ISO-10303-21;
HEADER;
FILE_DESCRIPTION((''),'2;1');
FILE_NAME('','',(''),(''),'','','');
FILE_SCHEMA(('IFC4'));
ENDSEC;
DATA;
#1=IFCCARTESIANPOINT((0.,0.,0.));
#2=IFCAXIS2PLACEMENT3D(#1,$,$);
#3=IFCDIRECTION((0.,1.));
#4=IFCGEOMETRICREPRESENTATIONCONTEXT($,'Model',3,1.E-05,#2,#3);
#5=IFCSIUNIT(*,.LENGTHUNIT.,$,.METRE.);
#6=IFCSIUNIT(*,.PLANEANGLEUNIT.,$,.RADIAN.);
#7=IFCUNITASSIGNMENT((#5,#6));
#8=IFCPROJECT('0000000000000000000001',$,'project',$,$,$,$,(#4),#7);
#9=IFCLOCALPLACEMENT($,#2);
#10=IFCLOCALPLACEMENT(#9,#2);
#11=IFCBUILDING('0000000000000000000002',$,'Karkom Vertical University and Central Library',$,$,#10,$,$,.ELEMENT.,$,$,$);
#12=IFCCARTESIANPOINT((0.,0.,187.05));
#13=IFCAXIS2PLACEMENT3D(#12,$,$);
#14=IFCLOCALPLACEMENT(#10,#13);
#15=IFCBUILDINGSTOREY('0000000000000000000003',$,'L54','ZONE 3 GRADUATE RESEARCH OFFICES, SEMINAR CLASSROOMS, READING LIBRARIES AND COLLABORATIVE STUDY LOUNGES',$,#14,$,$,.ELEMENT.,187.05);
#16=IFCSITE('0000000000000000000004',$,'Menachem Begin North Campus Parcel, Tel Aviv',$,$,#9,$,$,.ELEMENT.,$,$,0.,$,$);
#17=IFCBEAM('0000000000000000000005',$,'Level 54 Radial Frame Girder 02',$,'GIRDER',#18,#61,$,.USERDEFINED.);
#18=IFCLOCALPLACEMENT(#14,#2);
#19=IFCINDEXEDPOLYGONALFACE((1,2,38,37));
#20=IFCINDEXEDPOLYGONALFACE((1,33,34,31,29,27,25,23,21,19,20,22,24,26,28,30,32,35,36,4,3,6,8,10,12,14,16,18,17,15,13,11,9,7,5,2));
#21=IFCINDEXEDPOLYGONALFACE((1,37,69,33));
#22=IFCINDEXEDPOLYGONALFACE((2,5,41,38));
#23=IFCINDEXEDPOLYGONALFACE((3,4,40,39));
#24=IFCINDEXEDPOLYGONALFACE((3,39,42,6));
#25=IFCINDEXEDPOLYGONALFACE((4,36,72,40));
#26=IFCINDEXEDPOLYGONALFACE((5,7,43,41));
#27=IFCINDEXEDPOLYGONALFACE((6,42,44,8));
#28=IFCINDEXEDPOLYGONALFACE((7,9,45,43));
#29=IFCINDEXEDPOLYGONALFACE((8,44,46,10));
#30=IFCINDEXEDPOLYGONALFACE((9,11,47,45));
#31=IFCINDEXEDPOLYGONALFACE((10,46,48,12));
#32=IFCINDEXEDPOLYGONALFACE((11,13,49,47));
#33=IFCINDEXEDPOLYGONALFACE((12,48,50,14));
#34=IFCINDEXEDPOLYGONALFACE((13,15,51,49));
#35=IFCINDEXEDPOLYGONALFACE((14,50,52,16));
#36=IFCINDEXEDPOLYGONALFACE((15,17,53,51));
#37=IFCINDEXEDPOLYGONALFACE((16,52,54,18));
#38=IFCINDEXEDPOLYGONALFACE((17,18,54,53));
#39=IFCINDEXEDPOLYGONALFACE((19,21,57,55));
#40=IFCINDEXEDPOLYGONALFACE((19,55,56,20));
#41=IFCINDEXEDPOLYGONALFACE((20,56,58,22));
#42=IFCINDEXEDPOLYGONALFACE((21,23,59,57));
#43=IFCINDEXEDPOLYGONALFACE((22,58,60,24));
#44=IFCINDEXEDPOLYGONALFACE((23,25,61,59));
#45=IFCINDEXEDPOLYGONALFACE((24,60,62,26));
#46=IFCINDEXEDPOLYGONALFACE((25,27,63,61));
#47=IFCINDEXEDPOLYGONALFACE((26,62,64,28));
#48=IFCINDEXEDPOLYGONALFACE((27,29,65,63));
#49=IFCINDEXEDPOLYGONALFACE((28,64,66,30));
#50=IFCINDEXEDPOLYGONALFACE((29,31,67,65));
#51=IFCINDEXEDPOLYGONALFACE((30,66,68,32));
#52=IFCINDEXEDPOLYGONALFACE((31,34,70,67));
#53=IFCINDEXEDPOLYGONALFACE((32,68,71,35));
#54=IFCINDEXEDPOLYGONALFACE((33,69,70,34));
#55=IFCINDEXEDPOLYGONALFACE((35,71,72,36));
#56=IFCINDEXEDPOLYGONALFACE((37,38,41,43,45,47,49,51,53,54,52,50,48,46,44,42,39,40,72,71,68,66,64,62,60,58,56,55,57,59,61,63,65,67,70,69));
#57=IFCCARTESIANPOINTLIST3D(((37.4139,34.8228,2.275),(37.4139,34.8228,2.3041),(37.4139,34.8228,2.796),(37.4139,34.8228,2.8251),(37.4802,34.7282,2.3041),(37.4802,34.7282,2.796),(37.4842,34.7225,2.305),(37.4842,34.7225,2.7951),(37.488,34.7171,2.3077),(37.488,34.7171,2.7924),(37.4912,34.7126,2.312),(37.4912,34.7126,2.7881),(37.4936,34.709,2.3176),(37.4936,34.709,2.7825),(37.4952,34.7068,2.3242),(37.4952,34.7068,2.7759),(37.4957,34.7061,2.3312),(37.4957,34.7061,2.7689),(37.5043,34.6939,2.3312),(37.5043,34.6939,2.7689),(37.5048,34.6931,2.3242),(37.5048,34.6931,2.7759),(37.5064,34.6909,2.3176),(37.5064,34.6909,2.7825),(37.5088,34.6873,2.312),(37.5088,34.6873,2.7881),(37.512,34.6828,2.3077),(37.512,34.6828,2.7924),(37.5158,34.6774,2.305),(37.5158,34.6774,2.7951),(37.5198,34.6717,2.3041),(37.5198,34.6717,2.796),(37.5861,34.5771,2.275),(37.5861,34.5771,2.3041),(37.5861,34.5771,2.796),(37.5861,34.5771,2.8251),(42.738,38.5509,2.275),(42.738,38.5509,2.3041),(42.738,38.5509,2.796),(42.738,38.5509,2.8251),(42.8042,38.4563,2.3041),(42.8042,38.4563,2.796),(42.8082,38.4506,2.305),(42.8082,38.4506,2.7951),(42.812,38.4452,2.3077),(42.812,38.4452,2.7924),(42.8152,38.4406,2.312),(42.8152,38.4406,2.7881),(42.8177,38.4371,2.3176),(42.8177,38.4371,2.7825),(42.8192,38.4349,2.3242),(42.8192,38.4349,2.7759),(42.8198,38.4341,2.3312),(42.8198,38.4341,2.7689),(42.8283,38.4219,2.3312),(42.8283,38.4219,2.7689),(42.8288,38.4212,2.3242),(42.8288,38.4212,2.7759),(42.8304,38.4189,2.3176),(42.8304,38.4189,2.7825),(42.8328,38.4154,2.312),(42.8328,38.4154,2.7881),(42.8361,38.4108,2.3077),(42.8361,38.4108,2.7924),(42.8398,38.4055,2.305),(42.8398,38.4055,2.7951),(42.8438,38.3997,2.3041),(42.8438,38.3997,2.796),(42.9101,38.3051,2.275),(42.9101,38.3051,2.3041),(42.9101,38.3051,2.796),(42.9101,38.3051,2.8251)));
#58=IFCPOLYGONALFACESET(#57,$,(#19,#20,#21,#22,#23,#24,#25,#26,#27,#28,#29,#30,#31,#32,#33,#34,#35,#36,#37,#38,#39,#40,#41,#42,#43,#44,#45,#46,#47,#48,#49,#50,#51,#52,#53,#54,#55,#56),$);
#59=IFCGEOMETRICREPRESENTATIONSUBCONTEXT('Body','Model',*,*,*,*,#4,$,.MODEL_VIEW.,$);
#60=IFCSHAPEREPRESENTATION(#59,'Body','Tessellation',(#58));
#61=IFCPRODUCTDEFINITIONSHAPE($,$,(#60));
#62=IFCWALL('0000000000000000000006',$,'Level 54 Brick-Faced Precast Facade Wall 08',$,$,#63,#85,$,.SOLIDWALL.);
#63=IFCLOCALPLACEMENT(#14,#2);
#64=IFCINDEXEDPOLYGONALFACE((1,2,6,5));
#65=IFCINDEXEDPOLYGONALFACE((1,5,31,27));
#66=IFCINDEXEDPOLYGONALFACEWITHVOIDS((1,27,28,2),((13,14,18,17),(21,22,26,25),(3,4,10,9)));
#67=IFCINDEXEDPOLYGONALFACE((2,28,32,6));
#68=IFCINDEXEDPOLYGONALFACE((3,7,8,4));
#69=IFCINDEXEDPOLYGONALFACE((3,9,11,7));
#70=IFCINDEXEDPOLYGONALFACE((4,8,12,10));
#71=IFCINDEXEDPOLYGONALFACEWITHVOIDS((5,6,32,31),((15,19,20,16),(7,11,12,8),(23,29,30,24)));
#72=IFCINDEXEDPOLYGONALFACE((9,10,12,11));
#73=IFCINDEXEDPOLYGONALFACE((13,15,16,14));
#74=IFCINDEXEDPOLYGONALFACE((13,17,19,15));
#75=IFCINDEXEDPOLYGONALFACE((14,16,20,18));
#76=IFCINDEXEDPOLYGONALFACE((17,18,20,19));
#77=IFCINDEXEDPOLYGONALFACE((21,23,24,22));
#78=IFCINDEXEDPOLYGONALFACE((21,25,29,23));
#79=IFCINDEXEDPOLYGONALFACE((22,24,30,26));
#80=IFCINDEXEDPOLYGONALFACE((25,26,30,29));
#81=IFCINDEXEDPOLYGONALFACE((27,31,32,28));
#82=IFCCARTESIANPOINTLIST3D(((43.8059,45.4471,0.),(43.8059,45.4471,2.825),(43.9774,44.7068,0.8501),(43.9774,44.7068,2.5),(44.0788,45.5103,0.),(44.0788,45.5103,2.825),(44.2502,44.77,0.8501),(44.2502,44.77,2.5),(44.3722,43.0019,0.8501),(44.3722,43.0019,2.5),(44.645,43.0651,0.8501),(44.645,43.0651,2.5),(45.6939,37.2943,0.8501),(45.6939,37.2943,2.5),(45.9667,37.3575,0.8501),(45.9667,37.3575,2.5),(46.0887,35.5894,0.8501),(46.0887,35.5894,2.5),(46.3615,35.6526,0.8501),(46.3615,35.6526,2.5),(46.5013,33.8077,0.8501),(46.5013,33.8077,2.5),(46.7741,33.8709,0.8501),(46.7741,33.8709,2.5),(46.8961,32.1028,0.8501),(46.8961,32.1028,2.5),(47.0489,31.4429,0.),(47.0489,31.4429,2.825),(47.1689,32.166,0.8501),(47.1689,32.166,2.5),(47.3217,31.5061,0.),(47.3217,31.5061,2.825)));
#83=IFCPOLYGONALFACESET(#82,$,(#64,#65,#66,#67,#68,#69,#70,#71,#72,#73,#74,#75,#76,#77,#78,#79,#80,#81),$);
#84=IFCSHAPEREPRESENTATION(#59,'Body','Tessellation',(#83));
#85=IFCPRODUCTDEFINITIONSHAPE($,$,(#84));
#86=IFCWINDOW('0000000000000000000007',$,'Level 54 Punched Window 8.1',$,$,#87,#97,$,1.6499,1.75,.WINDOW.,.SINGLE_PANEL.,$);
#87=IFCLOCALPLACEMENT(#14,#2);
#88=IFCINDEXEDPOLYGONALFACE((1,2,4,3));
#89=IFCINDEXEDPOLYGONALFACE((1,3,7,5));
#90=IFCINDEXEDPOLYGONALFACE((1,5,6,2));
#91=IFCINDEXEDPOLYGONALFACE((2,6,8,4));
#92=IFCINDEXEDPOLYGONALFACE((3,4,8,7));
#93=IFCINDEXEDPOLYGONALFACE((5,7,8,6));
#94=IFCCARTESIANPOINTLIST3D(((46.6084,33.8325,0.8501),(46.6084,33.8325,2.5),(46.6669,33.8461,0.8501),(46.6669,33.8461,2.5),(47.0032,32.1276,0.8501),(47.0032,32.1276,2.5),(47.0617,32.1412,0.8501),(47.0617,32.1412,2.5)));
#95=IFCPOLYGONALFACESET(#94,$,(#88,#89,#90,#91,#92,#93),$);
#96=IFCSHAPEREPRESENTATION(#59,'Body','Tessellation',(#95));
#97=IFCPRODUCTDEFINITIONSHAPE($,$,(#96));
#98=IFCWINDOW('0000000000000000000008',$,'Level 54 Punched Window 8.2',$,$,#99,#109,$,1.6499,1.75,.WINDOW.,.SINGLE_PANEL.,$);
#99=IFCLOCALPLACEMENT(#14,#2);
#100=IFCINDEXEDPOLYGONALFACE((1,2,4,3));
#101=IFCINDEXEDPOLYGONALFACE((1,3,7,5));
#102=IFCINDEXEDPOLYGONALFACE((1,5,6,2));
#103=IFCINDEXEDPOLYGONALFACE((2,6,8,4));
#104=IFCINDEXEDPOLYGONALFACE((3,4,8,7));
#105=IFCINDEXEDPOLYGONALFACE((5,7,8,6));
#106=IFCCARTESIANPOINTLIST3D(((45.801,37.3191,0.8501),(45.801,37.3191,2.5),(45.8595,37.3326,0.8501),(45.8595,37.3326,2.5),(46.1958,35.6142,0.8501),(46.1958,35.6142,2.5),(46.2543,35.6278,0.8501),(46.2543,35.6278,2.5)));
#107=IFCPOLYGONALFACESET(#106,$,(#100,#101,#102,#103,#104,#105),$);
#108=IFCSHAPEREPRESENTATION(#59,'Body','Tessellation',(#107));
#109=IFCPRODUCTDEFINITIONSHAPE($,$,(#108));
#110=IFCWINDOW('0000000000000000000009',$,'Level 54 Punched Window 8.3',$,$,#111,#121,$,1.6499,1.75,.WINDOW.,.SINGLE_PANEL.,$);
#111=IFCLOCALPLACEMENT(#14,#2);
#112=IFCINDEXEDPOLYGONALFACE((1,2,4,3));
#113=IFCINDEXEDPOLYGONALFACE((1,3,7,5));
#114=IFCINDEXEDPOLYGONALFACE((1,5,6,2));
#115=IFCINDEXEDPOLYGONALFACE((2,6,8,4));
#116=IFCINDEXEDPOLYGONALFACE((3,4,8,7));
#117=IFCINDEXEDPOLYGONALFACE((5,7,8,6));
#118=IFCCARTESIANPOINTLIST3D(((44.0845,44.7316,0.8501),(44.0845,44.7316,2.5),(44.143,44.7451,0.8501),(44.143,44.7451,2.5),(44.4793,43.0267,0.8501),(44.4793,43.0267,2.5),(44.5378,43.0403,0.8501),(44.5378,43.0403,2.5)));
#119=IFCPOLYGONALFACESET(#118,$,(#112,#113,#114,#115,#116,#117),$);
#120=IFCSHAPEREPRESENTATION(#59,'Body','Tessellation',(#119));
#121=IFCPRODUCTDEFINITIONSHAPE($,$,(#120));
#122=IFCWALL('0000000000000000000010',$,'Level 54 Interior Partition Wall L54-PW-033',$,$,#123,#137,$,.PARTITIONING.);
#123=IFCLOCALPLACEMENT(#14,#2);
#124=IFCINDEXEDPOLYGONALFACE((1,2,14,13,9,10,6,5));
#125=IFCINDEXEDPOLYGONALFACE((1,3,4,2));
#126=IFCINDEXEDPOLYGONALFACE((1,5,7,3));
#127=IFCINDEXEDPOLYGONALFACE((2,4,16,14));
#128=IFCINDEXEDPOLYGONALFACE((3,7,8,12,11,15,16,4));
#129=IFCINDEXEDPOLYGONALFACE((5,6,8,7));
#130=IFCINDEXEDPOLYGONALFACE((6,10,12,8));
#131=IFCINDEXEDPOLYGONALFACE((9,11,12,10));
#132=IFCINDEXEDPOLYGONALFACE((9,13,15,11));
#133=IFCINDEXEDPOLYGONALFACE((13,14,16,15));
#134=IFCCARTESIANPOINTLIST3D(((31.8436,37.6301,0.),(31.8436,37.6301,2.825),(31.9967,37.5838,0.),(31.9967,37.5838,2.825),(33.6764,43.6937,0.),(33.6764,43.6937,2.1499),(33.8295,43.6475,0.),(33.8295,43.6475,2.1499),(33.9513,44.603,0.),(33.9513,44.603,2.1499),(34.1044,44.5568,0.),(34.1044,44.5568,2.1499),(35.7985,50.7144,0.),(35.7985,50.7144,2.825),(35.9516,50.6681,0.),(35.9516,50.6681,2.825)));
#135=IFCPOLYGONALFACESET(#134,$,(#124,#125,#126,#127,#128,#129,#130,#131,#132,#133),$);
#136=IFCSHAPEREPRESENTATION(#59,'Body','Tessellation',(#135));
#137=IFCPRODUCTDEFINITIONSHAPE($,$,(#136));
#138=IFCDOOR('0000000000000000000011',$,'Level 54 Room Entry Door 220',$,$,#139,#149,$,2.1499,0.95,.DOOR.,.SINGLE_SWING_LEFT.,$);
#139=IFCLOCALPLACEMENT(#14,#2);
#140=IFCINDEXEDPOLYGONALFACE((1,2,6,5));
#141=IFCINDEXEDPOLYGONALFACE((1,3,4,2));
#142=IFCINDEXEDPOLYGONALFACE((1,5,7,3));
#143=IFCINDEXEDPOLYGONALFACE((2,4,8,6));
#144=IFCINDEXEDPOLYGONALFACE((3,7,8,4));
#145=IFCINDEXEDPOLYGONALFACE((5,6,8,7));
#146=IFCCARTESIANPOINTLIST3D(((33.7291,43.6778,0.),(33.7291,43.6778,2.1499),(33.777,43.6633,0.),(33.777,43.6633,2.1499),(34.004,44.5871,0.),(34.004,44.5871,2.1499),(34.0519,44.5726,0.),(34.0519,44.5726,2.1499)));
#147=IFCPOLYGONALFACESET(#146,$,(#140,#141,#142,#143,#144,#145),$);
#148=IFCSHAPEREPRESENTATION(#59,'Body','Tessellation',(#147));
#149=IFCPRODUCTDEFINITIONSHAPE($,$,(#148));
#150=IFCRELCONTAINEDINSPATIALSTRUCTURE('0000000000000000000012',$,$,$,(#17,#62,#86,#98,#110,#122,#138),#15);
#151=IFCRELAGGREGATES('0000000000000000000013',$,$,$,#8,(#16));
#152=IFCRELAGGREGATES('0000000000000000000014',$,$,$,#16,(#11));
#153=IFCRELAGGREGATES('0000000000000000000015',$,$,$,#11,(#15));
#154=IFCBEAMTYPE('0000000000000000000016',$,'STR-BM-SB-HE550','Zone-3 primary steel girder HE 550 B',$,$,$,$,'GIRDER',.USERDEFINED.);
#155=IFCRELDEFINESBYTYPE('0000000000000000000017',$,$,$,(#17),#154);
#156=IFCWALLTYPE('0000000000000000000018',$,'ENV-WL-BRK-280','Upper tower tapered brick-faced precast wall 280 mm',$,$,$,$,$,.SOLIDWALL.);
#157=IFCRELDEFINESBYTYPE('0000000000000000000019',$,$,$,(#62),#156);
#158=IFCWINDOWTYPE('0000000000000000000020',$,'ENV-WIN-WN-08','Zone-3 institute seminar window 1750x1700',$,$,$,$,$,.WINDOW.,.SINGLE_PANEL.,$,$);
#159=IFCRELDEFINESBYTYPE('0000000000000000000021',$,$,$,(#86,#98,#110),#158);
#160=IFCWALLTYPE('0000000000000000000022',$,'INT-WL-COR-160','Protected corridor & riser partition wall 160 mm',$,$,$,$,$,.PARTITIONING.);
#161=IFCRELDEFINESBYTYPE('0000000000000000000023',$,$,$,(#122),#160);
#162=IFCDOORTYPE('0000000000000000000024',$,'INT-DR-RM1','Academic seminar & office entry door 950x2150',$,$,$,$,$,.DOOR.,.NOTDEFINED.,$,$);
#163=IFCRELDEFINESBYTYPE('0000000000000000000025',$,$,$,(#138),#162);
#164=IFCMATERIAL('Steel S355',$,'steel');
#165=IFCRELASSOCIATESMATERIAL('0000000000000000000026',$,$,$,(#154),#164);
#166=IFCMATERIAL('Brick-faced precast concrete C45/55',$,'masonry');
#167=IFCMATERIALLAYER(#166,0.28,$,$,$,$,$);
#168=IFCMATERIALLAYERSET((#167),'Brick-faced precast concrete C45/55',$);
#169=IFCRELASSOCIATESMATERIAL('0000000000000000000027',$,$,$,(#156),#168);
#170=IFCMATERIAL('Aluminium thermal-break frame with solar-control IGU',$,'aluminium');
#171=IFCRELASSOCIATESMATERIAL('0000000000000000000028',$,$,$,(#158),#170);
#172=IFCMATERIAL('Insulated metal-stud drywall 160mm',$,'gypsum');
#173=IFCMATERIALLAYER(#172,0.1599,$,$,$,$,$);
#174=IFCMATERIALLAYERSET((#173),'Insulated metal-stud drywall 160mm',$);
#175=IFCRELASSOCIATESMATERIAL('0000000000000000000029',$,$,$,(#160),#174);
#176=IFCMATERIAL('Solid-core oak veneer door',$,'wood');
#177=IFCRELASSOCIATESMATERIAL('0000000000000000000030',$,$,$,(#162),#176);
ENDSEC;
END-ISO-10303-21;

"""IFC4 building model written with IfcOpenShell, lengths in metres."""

from ifc_helpers import new_model, si_unit, direction, frame, frame_2d, origin, origin_with_axes, origin_2d, place, context, subcontext, project, spatial, rectangle, i_section, extrude, source, transform, mapped, material, layer, layer_set, material_profile, profile_set, type_object, element, fill, save


model = new_model("IFC4")

# Units and contexts
model_context = context("Model", 3, precision=1e-05, world=origin(), true_north=direction((0.0, 1.0)))
body_context = subcontext(model_context, "Body", "Model", "MODEL_VIEW")
ifc_project = project(units=[si_unit("LENGTHUNIT", "METRE"), si_unit("PLANEANGLEUNIT", "RADIAN")], contexts=[model_context])

# Site, building, storey
site_placement = place(None, origin())
site = spatial("IfcSite", under=ifc_project, at=site_placement, Name="Menachem Begin North Campus Parcel, Tel Aviv", CompositionType="ELEMENT", RefElevation=0.0)
building_placement = place(site_placement, origin())
building = spatial("IfcBuilding", under=site, at=building_placement, Name="Karkom Vertical University and Central Library", CompositionType="ELEMENT")
storey_placement = place(building_placement, frame((0.0, 0.0, 187.05)))
storey = spatial("IfcBuildingStorey", under=building, at=storey_placement, Name="L54", Description="ZONE 3 GRADUATE RESEARCH OFFICES, SEMINAR CLASSROOMS, READING LIBRARIES AND COLLABORATIVE STUDY LOUNGES", CompositionType="ELEMENT", Elevation=187.05)

# Beam
ifc_material_1 = material(Name="Steel S355", Category="steel")
ifc_material_profile_1 = material_profile(ifc_material_1, i_section(OverallWidth=0.3, OverallDepth=0.55, WebThickness=0.0149, FlangeThickness=0.0291, FilletRadius=0.0271, at=origin_2d()), Name="HE 550 B")
ifc_profile_set_1 = profile_set([ifc_material_profile_1], Name="Steel S355")
beam_type_1 = type_object("IfcBeamType", Name="STR-BM-SB-HE550", Description="Zone-3 primary steel girder HE 550 B", ElementType="GIRDER", PredefinedType="USERDEFINED", material=ifc_profile_set_1)
shared_shape_1 = source(origin_with_axes(), body_context, "Body", "SweptSolid", [
    extrude(i_section(OverallWidth=0.3, OverallDepth=0.55, WebThickness=0.0149, FlangeThickness=0.0291, FilletRadius=0.0271, at=origin_2d()), origin(), (0.0, 0.0, 1.0), 6.4995),
])
beam_1_placement = place(storey_placement, frame((37.5, 34.7, 2.55), z_axis=(0.819142, 0.573591, 0.0), x_axis=(-0.573591, 0.819142, 0.0)))
element("IfcBeam", 1, at=beam_1_placement, inside=storey, type_object=beam_type_1, Name="Level 54 Radial Frame Girder 02", ObjectType="GIRDER", PredefinedType="USERDEFINED", context=body_context, shape_type="MappedRepresentation", body=[
    mapped(shared_shape_1, transform((0.0, 0.0, 0.0), scale=1.0)),
])

# Wall, openings, windows
ifc_material_2 = material(Name="Brick-faced precast concrete C45/55", Category="masonry")
ifc_layer_1 = layer(ifc_material_2, 0.28)
ifc_layer_set_1 = layer_set([ifc_layer_1], Name="Brick-faced precast concrete C45/55")
wall_type_1 = type_object("IfcWallType", Name="ENV-WL-BRK-280", Description="Upper tower tapered brick-faced precast wall 280 mm", PredefinedType="SOLIDWALL", material=ifc_layer_set_1)
wall_1_placement = place(storey_placement, frame((47.1853, 31.4744, 0.0), z_axis=(0.0, 0.0, 1.0), x_axis=(-0.225599, 0.97422, 0.0)))
wall_1 = element("IfcWall", 2, at=wall_1_placement, inside=storey, type_object=wall_type_1, Name="Level 54 Brick-Faced Precast Facade Wall 08", PredefinedType="SOLIDWALL", context=body_context, shape_type="SweptSolid", body=[
    extrude(rectangle(XDim=14.3748, YDim=0.28, at=frame_2d((7.1875, 0.0))), origin(), (0.0, 0.0, 1.0), 2.825),
])
opening_1_placement = place(wall_1_placement, frame((0.6775, 0.0, 0.8501)))
opening_1 = element("IfcOpeningElement", 3, at=opening_1_placement, cuts=wall_1, PredefinedType="OPENING", context=body_context, shape_type="SweptSolid", body=[
    extrude(rectangle(XDim=1.75, YDim=1.6499, at=frame_2d((0.875, 0.825))), frame((0.0, 0.1499, 0.0), z_axis=(0.0, -1.0, 0.0), x_axis=(1.0, 0.0, 0.0)), (0.0, 0.0, 1.0), 0.3),
])
opening_2_placement = place(wall_1_placement, frame((4.2563, 0.0, 0.8501)))
opening_2 = element("IfcOpeningElement", 4, at=opening_2_placement, cuts=wall_1, PredefinedType="OPENING", context=body_context, shape_type="SweptSolid", body=[
    extrude(rectangle(XDim=1.75, YDim=1.6499, at=frame_2d((0.875, 0.825))), frame((0.0, 0.1499, 0.0), z_axis=(0.0, -1.0, 0.0), x_axis=(1.0, 0.0, 0.0)), (0.0, 0.0, 1.0), 0.3),
])
opening_3_placement = place(wall_1_placement, frame((11.865, 0.0, 0.8501)))
opening_3 = element("IfcOpeningElement", 5, at=opening_3_placement, cuts=wall_1, PredefinedType="OPENING", context=body_context, shape_type="SweptSolid", body=[
    extrude(rectangle(XDim=1.75, YDim=1.6499, at=frame_2d((0.875, 0.825))), frame((0.0, 0.1499, 0.0), z_axis=(0.0, -1.0, 0.0), x_axis=(1.0, 0.0, 0.0)), (0.0, 0.0, 1.0), 0.3),
])
ifc_material_3 = material(Name="Aluminium thermal-break frame with solar-control IGU", Category="aluminium")
window_type = type_object("IfcWindowType", Name="ENV-WIN-WN-08", Description="Zone-3 institute seminar window 1750x1700", PartitioningType="SINGLE_PANEL", PredefinedType="WINDOW", material=ifc_material_3)
shared_shape_2 = source(origin_with_axes(), body_context, "Body", "SweptSolid", [
    extrude(rectangle(XDim=1.75, YDim=1.6499, at=frame_2d((0.875, 0.825))), frame((0.0, 0.03, 0.0), z_axis=(0.0, -1.0, 0.0), x_axis=(1.0, 0.0, 0.0)), (0.0, 0.0, 1.0), 0.0601),
])
window_1_placement = place(opening_1_placement, origin())
window_1 = element("IfcWindow", 6, at=window_1_placement, inside=storey, type_object=window_type, Name="Level 54 Punched Window 8.1", OverallHeight=1.6499, OverallWidth=1.75, PartitioningType="SINGLE_PANEL", PredefinedType="WINDOW", context=body_context, shape_type="MappedRepresentation", body=[
    mapped(shared_shape_2, transform((0.0, 0.0, 0.0), scale=1.0)),
])
fill(opening_1, window_1)
window_2_placement = place(opening_2_placement, origin())
window_2 = element("IfcWindow", 7, at=window_2_placement, inside=storey, type_object=window_type, Name="Level 54 Punched Window 8.2", OverallHeight=1.6499, OverallWidth=1.75, PartitioningType="SINGLE_PANEL", PredefinedType="WINDOW", context=body_context, shape_type="MappedRepresentation", body=[
    mapped(shared_shape_2, transform((0.0, 0.0, 0.0), scale=1.0)),
])
fill(opening_2, window_2)
window_3_placement = place(opening_3_placement, origin())
window_3 = element("IfcWindow", 8, at=window_3_placement, inside=storey, type_object=window_type, Name="Level 54 Punched Window 8.3", OverallHeight=1.6499, OverallWidth=1.75, PartitioningType="SINGLE_PANEL", PredefinedType="WINDOW", context=body_context, shape_type="MappedRepresentation", body=[
    mapped(shared_shape_2, transform((0.0, 0.0, 0.0), scale=1.0)),
])
fill(opening_3, window_3)

# Wall, opening, door
ifc_material_4 = material(Name="Insulated metal-stud drywall 160mm", Category="gypsum")
ifc_layer_2 = layer(ifc_material_4, 0.1599)
ifc_layer_set_2 = layer_set([ifc_layer_2], Name="Insulated metal-stud drywall 160mm")
wall_type_2 = type_object("IfcWallType", Name="INT-WL-COR-160", Description="Protected corridor & riser partition wall 160 mm", PredefinedType="PARTITIONING", material=ifc_layer_set_2)
wall_2_placement = place(storey_placement, frame((31.9202, 37.6069, 0.0), z_axis=(0.0, 0.0, 1.0), x_axis=(0.289332, 0.957229, 0.0)))
wall_2 = element("IfcWall", 9, at=wall_2_placement, inside=storey, type_object=wall_type_2, Name="Level 54 Interior Partition Wall L54-PW-033", PredefinedType="PARTITIONING", context=body_context, shape_type="SweptSolid", body=[
    extrude(rectangle(XDim=13.6689, YDim=0.1599, at=frame_2d((6.8345, 0.0))), origin(), (0.0, 0.0, 1.0), 2.825),
])
opening_4_placement = place(wall_2_placement, frame((6.3345, 0.0, 0.0)))
opening_4 = element("IfcOpeningElement", 10, at=opening_4_placement, cuts=wall_2, PredefinedType="OPENING", context=body_context, shape_type="SweptSolid", body=[
    extrude(rectangle(XDim=0.95, YDim=2.1499, at=frame_2d((0.4751, 1.075))), frame((0.0, 0.0898, 0.0), z_axis=(0.0, -1.0, 0.0), x_axis=(1.0, 0.0, 0.0)), (0.0, 0.0, 1.0), 0.1799),
])
ifc_material_5 = material(Name="Solid-core oak veneer door", Category="wood")
door_type_1 = type_object("IfcDoorType", Name="INT-DR-RM1", Description="Academic seminar & office entry door 950x2150", OperationType="NOTDEFINED", PredefinedType="DOOR", material=ifc_material_5)
shared_shape_3 = source(origin_with_axes(), body_context, "Body", "SweptSolid", [
    extrude(rectangle(XDim=0.95, YDim=2.1499, at=frame_2d((0.4751, 1.075))), frame((0.0, 0.0249, 0.0), z_axis=(0.0, -1.0, 0.0), x_axis=(1.0, 0.0, 0.0)), (0.0, 0.0, 1.0), 0.05),
])
door_1_placement = place(opening_4_placement, origin())
door_1 = element("IfcDoor", 11, at=door_1_placement, inside=storey, type_object=door_type_1, Name="Level 54 Room Entry Door 220", OperationType="SINGLE_SWING_LEFT", OverallHeight=2.1499, OverallWidth=0.95, PredefinedType="DOOR", context=body_context, shape_type="MappedRepresentation", body=[
    mapped(shared_shape_3, transform((0.0, 0.0, 0.0), scale=1.0)),
])
fill(opening_4, door_1)

save(model, "model.ifc")
